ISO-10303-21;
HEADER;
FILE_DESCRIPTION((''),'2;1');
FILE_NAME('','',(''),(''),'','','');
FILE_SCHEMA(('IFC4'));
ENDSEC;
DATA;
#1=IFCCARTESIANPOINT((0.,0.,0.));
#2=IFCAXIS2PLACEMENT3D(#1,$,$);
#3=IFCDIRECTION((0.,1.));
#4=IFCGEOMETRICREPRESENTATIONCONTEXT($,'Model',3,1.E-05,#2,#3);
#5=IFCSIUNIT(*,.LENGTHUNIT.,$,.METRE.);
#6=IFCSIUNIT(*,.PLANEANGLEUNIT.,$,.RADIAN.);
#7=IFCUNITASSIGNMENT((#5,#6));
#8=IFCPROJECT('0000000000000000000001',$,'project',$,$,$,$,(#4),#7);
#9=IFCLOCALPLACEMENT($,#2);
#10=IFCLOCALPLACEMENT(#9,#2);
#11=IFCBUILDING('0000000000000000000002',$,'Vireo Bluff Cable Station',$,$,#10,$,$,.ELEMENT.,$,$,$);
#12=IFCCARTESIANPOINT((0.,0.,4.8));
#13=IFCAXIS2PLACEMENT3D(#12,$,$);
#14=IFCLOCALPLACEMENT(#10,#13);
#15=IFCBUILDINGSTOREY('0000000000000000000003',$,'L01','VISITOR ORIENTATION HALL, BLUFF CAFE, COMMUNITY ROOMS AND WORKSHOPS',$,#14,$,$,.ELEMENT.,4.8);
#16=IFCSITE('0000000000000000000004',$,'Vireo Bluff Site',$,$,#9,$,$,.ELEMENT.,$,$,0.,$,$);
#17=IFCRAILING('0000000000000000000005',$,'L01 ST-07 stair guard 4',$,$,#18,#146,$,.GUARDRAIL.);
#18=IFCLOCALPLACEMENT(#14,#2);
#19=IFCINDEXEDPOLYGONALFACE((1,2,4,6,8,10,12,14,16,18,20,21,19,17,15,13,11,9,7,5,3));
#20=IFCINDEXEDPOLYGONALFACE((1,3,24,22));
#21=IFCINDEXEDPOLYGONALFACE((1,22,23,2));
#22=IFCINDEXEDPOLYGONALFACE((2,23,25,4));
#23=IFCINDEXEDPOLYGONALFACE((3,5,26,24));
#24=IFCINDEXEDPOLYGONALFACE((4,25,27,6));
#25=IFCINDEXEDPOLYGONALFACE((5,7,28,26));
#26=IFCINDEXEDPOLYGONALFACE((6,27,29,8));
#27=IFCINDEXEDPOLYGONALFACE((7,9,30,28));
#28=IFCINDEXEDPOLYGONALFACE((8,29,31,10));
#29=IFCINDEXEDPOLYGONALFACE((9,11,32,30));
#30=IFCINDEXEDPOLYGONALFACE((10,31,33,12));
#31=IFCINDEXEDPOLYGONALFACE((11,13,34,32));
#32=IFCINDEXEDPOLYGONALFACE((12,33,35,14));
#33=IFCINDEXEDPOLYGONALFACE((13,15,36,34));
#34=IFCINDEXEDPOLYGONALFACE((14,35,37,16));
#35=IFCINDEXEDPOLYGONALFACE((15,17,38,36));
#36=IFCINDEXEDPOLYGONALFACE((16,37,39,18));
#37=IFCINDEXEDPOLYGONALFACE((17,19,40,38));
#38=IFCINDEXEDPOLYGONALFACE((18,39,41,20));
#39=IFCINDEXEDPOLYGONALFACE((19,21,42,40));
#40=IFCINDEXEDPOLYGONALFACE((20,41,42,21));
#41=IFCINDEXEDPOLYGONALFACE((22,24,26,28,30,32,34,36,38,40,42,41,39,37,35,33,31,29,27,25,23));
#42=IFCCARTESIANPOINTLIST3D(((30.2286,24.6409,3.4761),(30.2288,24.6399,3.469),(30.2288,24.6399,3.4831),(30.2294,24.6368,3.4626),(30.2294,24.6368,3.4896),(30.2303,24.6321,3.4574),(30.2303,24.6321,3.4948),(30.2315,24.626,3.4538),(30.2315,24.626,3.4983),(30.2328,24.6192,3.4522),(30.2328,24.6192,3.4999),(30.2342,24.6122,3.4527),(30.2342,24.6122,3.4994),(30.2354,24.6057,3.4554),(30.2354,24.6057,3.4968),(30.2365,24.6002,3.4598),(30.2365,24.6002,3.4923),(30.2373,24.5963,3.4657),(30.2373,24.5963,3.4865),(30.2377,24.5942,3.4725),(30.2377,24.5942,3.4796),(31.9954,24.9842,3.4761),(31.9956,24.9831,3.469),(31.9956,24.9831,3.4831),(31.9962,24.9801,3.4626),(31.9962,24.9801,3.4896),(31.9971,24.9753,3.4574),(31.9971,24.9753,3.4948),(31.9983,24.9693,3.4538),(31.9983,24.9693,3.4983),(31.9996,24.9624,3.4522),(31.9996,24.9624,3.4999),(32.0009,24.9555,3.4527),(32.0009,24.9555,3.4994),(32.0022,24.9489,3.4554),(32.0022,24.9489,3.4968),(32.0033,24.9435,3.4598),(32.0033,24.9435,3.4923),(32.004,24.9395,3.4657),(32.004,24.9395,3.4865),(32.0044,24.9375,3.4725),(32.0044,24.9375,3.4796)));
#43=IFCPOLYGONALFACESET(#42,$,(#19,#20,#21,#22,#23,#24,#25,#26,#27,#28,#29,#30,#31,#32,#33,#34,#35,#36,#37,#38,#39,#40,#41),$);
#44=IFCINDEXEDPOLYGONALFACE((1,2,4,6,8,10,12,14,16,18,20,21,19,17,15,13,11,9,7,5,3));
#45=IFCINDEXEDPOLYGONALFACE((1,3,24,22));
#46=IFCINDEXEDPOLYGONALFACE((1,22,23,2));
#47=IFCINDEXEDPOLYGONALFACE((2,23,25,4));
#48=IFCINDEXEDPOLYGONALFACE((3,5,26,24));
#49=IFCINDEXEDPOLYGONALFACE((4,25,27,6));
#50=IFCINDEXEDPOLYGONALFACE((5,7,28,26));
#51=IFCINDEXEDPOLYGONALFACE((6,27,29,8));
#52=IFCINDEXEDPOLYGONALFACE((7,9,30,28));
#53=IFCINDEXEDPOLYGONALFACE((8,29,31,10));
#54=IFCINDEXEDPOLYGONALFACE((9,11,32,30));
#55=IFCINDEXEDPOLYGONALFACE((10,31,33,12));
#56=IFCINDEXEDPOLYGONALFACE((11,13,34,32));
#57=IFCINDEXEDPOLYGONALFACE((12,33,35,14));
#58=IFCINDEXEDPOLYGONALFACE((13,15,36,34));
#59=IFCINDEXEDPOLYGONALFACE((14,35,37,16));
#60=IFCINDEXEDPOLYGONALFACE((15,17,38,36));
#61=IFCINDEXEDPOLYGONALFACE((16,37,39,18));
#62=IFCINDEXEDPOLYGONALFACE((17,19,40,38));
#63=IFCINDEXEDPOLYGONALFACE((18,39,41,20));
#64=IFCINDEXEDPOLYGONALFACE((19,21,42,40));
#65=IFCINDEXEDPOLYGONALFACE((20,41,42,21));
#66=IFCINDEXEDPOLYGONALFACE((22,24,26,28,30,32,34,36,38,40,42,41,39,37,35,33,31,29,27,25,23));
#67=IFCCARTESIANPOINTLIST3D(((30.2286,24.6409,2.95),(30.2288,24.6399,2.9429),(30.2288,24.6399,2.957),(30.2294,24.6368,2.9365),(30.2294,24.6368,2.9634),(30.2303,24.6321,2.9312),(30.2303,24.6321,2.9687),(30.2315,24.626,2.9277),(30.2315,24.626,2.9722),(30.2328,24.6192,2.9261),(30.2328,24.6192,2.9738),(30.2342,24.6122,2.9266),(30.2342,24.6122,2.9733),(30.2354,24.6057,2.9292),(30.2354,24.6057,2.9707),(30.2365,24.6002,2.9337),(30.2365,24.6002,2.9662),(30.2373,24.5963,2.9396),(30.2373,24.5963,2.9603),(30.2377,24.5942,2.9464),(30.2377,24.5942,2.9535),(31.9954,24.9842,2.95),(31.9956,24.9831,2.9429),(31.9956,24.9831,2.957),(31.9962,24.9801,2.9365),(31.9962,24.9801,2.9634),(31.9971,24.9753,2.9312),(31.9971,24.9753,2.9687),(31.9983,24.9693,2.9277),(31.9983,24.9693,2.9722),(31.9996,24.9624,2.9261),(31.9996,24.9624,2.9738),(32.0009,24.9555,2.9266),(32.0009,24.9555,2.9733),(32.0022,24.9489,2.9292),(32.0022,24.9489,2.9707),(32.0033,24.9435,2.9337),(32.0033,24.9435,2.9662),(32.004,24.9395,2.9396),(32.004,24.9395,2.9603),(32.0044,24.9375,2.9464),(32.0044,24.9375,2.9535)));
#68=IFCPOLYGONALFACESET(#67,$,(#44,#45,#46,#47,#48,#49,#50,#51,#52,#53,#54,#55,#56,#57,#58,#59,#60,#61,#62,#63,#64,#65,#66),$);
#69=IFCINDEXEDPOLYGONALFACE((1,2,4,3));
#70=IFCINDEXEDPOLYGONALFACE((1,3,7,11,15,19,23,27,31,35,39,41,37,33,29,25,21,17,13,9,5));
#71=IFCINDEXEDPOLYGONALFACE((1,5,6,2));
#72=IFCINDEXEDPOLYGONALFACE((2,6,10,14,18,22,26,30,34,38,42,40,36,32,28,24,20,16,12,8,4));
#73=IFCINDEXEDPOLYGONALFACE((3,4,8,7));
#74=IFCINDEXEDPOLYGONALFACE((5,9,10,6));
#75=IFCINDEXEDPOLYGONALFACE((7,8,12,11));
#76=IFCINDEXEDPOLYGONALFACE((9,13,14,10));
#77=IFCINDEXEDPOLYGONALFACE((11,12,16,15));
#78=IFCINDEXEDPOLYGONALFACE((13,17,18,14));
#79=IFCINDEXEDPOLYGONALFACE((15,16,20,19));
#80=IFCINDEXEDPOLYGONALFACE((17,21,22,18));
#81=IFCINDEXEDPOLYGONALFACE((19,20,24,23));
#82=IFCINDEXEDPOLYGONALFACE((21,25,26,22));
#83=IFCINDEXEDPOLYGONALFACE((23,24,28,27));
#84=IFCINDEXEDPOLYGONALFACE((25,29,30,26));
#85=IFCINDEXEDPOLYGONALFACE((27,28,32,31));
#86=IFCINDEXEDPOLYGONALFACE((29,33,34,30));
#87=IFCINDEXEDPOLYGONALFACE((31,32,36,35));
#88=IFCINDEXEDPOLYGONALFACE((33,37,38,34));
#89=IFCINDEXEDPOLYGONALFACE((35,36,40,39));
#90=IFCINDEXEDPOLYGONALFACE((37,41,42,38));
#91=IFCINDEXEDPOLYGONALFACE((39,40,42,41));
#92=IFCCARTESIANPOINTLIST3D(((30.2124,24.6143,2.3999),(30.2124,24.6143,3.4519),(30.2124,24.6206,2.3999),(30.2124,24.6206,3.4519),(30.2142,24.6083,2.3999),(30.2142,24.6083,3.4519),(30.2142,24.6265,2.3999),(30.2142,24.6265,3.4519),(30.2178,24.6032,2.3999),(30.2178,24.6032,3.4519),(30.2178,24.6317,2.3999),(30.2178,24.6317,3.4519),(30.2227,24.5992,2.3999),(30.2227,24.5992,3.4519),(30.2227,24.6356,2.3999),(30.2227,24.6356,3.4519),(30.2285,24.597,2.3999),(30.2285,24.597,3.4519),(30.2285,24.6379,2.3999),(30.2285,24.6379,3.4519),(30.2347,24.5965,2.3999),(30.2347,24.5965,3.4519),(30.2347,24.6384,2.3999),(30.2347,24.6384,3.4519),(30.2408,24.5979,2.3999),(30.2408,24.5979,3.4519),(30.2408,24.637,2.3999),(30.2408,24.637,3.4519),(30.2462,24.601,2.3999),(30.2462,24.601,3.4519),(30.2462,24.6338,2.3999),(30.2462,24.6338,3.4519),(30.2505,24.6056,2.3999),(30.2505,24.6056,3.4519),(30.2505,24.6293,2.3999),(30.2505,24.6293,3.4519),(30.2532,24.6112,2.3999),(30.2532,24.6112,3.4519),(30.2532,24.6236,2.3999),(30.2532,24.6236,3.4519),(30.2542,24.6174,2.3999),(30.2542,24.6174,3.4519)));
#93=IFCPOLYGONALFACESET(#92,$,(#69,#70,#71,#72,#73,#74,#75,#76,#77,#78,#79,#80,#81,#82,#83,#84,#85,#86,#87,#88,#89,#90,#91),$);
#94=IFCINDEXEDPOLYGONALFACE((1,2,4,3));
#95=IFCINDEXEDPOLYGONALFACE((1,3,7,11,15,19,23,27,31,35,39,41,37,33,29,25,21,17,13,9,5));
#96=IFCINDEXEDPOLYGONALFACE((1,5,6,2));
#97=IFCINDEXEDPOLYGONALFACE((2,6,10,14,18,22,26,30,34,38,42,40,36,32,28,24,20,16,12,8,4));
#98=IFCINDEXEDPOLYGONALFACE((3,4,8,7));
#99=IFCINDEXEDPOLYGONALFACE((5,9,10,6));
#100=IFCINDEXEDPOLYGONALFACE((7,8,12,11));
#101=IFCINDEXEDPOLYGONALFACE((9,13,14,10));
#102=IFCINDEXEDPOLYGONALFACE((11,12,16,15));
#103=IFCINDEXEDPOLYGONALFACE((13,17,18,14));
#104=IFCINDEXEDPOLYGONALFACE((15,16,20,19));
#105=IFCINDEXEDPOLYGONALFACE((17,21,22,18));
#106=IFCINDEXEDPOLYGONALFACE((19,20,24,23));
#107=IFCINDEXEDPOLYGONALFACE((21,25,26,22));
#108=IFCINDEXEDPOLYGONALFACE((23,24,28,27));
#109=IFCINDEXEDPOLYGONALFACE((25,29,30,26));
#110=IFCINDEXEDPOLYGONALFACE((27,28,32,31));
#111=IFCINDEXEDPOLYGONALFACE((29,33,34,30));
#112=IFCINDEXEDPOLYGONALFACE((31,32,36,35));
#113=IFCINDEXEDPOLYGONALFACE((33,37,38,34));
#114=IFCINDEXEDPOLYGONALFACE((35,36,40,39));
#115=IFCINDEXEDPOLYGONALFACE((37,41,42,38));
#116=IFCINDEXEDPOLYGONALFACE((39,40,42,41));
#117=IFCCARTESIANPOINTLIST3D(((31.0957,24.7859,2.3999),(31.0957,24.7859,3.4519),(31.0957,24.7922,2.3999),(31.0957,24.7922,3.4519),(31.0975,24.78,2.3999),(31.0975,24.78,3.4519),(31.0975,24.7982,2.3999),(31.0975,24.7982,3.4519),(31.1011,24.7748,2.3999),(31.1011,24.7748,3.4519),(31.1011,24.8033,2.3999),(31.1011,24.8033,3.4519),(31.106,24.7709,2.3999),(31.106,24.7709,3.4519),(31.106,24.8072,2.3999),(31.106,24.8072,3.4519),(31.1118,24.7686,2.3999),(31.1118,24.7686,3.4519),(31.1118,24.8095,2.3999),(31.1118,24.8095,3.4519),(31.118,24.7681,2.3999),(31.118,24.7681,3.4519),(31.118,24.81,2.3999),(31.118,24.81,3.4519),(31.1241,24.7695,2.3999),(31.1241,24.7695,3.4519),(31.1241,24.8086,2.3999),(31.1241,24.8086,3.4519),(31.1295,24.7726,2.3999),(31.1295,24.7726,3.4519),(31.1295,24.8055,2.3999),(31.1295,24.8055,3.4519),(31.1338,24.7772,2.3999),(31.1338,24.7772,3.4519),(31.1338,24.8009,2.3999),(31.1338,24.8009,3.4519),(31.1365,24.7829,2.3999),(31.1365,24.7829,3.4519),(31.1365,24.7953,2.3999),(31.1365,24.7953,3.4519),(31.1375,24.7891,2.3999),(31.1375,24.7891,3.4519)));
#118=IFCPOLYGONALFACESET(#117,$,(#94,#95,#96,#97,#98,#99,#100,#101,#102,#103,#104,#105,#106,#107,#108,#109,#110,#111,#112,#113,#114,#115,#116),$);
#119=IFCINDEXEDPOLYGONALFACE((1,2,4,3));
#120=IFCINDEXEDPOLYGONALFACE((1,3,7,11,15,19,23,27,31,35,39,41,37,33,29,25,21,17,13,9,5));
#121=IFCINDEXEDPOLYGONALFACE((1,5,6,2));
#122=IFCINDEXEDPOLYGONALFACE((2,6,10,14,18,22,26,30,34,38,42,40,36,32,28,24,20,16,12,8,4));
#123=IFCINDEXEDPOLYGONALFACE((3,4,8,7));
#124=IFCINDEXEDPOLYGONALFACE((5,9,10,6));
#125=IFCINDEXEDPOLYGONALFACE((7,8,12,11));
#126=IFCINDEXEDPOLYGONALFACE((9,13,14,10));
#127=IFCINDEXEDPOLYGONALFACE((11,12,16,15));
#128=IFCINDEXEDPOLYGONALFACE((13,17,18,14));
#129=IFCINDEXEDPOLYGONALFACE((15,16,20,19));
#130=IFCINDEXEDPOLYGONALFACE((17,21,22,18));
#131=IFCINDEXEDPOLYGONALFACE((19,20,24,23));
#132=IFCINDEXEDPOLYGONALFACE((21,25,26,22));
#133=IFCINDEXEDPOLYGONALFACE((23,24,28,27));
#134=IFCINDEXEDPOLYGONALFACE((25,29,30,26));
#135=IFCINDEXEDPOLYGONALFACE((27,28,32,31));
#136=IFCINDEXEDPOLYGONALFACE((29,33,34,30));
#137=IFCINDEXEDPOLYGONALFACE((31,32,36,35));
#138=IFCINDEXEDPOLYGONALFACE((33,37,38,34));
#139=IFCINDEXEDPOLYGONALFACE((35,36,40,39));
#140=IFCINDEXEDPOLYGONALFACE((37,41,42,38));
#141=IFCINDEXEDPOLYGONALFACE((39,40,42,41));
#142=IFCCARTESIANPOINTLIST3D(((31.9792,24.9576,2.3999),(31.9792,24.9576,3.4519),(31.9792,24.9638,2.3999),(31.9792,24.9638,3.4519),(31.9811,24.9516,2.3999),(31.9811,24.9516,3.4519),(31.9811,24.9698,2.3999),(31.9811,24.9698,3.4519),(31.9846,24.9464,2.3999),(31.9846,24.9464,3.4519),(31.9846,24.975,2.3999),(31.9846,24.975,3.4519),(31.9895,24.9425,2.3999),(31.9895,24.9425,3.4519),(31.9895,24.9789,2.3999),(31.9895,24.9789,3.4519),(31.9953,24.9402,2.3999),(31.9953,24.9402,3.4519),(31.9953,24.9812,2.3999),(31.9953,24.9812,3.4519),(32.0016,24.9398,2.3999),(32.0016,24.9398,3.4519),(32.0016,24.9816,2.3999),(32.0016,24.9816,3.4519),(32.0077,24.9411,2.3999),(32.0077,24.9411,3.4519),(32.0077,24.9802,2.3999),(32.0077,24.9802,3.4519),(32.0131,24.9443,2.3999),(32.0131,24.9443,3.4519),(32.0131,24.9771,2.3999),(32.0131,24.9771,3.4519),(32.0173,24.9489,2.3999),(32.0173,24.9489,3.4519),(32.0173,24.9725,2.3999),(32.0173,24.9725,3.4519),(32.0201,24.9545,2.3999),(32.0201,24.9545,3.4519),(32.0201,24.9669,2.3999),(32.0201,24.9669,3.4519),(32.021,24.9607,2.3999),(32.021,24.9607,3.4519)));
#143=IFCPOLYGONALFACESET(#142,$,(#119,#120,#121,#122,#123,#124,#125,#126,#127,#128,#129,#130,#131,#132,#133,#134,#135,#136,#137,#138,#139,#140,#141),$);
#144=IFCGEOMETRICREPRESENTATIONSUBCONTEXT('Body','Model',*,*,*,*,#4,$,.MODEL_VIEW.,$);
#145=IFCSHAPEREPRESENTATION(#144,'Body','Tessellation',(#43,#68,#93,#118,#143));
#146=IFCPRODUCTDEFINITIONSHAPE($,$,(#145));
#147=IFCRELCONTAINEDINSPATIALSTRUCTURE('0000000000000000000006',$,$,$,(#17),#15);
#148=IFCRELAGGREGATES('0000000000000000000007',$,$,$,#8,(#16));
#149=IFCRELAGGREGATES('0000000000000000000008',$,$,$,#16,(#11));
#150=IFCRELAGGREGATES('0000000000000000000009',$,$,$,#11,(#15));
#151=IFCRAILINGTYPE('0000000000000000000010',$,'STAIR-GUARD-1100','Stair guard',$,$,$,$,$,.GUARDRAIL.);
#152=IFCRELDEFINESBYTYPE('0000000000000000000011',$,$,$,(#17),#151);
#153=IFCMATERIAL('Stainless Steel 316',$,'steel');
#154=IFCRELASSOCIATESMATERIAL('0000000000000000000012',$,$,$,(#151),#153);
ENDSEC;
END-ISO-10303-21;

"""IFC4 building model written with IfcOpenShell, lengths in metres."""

from ifc_helpers import new_model, si_unit, direction, frame, origin, origin_2d, place, context, subcontext, project, spatial, circle, extrude, material, type_object, element, save


model = new_model("IFC4")

# Units and contexts
model_context = context("Model", 3, precision=1e-05, world=origin(), true_north=direction((0.0, 1.0)))
body_context = subcontext(model_context, "Body", "Model", "MODEL_VIEW")
ifc_project = project(units=[si_unit("LENGTHUNIT", "METRE"), si_unit("PLANEANGLEUNIT", "RADIAN")], contexts=[model_context])

# Site, building, storey
site_placement = place(None, origin())
site = spatial("IfcSite", under=ifc_project, at=site_placement, Name="Vireo Bluff Site", CompositionType="ELEMENT", RefElevation=0.0)
building_placement = place(site_placement, origin())
building = spatial("IfcBuilding", under=site, at=building_placement, Name="Vireo Bluff Cable Station", CompositionType="ELEMENT")
storey_placement = place(building_placement, frame((0.0, 0.0, 4.8)))
storey = spatial("IfcBuildingStorey", under=building, at=storey_placement, Name="L01", Description="VISITOR ORIENTATION HALL, BLUFF CAFE, COMMUNITY ROOMS AND WORKSHOPS", CompositionType="ELEMENT", Elevation=4.8)

# Railing
ifc_material_1 = material(Name="Stainless Steel 316", Category="steel")
railing_type_1 = type_object("IfcRailingType", Name="STAIR-GUARD-1100", Description="Stair guard", PredefinedType="GUARDRAIL", material=ifc_material_1)
railing_1_placement = place(storey_placement, frame((30.2332, 24.6174, 2.3999)))
element("IfcRailing", 1, at=railing_1_placement, inside=storey, type_object=railing_type_1, Name="L01 ST-07 stair guard 4", PredefinedType="GUARDRAIL", context=body_context, shape_type="SweptSolid", body=[
    extrude(circle(Radius=0.0239, at=origin_2d()), frame((0.0, 0.0, 1.0762), z_axis=(0.981646, 0.190714, 0.0), x_axis=(-0.190714, 0.981646, 0.0)), (0.0, 0.0, 1.0), 1.7998),
    extrude(circle(Radius=0.0239, at=origin_2d()), frame((0.0, 0.0, 0.55), z_axis=(0.981646, 0.190714, 0.0), x_axis=(-0.190714, 0.981646, 0.0)), (0.0, 0.0, 1.0), 1.7998),
    extrude(circle(Radius=0.021, at=origin_2d()), origin(), (0.0, 0.0, 1.0), 1.052),
    extrude(circle(Radius=0.021, at=origin_2d()), frame((0.8833, 0.1716, 0.0)), (0.0, 0.0, 1.0), 1.052),
    extrude(circle(Radius=0.021, at=origin_2d()), frame((1.7668, 0.3433, 0.0)), (0.0, 0.0, 1.0), 1.052),
])

save(model, "model.ifc")
